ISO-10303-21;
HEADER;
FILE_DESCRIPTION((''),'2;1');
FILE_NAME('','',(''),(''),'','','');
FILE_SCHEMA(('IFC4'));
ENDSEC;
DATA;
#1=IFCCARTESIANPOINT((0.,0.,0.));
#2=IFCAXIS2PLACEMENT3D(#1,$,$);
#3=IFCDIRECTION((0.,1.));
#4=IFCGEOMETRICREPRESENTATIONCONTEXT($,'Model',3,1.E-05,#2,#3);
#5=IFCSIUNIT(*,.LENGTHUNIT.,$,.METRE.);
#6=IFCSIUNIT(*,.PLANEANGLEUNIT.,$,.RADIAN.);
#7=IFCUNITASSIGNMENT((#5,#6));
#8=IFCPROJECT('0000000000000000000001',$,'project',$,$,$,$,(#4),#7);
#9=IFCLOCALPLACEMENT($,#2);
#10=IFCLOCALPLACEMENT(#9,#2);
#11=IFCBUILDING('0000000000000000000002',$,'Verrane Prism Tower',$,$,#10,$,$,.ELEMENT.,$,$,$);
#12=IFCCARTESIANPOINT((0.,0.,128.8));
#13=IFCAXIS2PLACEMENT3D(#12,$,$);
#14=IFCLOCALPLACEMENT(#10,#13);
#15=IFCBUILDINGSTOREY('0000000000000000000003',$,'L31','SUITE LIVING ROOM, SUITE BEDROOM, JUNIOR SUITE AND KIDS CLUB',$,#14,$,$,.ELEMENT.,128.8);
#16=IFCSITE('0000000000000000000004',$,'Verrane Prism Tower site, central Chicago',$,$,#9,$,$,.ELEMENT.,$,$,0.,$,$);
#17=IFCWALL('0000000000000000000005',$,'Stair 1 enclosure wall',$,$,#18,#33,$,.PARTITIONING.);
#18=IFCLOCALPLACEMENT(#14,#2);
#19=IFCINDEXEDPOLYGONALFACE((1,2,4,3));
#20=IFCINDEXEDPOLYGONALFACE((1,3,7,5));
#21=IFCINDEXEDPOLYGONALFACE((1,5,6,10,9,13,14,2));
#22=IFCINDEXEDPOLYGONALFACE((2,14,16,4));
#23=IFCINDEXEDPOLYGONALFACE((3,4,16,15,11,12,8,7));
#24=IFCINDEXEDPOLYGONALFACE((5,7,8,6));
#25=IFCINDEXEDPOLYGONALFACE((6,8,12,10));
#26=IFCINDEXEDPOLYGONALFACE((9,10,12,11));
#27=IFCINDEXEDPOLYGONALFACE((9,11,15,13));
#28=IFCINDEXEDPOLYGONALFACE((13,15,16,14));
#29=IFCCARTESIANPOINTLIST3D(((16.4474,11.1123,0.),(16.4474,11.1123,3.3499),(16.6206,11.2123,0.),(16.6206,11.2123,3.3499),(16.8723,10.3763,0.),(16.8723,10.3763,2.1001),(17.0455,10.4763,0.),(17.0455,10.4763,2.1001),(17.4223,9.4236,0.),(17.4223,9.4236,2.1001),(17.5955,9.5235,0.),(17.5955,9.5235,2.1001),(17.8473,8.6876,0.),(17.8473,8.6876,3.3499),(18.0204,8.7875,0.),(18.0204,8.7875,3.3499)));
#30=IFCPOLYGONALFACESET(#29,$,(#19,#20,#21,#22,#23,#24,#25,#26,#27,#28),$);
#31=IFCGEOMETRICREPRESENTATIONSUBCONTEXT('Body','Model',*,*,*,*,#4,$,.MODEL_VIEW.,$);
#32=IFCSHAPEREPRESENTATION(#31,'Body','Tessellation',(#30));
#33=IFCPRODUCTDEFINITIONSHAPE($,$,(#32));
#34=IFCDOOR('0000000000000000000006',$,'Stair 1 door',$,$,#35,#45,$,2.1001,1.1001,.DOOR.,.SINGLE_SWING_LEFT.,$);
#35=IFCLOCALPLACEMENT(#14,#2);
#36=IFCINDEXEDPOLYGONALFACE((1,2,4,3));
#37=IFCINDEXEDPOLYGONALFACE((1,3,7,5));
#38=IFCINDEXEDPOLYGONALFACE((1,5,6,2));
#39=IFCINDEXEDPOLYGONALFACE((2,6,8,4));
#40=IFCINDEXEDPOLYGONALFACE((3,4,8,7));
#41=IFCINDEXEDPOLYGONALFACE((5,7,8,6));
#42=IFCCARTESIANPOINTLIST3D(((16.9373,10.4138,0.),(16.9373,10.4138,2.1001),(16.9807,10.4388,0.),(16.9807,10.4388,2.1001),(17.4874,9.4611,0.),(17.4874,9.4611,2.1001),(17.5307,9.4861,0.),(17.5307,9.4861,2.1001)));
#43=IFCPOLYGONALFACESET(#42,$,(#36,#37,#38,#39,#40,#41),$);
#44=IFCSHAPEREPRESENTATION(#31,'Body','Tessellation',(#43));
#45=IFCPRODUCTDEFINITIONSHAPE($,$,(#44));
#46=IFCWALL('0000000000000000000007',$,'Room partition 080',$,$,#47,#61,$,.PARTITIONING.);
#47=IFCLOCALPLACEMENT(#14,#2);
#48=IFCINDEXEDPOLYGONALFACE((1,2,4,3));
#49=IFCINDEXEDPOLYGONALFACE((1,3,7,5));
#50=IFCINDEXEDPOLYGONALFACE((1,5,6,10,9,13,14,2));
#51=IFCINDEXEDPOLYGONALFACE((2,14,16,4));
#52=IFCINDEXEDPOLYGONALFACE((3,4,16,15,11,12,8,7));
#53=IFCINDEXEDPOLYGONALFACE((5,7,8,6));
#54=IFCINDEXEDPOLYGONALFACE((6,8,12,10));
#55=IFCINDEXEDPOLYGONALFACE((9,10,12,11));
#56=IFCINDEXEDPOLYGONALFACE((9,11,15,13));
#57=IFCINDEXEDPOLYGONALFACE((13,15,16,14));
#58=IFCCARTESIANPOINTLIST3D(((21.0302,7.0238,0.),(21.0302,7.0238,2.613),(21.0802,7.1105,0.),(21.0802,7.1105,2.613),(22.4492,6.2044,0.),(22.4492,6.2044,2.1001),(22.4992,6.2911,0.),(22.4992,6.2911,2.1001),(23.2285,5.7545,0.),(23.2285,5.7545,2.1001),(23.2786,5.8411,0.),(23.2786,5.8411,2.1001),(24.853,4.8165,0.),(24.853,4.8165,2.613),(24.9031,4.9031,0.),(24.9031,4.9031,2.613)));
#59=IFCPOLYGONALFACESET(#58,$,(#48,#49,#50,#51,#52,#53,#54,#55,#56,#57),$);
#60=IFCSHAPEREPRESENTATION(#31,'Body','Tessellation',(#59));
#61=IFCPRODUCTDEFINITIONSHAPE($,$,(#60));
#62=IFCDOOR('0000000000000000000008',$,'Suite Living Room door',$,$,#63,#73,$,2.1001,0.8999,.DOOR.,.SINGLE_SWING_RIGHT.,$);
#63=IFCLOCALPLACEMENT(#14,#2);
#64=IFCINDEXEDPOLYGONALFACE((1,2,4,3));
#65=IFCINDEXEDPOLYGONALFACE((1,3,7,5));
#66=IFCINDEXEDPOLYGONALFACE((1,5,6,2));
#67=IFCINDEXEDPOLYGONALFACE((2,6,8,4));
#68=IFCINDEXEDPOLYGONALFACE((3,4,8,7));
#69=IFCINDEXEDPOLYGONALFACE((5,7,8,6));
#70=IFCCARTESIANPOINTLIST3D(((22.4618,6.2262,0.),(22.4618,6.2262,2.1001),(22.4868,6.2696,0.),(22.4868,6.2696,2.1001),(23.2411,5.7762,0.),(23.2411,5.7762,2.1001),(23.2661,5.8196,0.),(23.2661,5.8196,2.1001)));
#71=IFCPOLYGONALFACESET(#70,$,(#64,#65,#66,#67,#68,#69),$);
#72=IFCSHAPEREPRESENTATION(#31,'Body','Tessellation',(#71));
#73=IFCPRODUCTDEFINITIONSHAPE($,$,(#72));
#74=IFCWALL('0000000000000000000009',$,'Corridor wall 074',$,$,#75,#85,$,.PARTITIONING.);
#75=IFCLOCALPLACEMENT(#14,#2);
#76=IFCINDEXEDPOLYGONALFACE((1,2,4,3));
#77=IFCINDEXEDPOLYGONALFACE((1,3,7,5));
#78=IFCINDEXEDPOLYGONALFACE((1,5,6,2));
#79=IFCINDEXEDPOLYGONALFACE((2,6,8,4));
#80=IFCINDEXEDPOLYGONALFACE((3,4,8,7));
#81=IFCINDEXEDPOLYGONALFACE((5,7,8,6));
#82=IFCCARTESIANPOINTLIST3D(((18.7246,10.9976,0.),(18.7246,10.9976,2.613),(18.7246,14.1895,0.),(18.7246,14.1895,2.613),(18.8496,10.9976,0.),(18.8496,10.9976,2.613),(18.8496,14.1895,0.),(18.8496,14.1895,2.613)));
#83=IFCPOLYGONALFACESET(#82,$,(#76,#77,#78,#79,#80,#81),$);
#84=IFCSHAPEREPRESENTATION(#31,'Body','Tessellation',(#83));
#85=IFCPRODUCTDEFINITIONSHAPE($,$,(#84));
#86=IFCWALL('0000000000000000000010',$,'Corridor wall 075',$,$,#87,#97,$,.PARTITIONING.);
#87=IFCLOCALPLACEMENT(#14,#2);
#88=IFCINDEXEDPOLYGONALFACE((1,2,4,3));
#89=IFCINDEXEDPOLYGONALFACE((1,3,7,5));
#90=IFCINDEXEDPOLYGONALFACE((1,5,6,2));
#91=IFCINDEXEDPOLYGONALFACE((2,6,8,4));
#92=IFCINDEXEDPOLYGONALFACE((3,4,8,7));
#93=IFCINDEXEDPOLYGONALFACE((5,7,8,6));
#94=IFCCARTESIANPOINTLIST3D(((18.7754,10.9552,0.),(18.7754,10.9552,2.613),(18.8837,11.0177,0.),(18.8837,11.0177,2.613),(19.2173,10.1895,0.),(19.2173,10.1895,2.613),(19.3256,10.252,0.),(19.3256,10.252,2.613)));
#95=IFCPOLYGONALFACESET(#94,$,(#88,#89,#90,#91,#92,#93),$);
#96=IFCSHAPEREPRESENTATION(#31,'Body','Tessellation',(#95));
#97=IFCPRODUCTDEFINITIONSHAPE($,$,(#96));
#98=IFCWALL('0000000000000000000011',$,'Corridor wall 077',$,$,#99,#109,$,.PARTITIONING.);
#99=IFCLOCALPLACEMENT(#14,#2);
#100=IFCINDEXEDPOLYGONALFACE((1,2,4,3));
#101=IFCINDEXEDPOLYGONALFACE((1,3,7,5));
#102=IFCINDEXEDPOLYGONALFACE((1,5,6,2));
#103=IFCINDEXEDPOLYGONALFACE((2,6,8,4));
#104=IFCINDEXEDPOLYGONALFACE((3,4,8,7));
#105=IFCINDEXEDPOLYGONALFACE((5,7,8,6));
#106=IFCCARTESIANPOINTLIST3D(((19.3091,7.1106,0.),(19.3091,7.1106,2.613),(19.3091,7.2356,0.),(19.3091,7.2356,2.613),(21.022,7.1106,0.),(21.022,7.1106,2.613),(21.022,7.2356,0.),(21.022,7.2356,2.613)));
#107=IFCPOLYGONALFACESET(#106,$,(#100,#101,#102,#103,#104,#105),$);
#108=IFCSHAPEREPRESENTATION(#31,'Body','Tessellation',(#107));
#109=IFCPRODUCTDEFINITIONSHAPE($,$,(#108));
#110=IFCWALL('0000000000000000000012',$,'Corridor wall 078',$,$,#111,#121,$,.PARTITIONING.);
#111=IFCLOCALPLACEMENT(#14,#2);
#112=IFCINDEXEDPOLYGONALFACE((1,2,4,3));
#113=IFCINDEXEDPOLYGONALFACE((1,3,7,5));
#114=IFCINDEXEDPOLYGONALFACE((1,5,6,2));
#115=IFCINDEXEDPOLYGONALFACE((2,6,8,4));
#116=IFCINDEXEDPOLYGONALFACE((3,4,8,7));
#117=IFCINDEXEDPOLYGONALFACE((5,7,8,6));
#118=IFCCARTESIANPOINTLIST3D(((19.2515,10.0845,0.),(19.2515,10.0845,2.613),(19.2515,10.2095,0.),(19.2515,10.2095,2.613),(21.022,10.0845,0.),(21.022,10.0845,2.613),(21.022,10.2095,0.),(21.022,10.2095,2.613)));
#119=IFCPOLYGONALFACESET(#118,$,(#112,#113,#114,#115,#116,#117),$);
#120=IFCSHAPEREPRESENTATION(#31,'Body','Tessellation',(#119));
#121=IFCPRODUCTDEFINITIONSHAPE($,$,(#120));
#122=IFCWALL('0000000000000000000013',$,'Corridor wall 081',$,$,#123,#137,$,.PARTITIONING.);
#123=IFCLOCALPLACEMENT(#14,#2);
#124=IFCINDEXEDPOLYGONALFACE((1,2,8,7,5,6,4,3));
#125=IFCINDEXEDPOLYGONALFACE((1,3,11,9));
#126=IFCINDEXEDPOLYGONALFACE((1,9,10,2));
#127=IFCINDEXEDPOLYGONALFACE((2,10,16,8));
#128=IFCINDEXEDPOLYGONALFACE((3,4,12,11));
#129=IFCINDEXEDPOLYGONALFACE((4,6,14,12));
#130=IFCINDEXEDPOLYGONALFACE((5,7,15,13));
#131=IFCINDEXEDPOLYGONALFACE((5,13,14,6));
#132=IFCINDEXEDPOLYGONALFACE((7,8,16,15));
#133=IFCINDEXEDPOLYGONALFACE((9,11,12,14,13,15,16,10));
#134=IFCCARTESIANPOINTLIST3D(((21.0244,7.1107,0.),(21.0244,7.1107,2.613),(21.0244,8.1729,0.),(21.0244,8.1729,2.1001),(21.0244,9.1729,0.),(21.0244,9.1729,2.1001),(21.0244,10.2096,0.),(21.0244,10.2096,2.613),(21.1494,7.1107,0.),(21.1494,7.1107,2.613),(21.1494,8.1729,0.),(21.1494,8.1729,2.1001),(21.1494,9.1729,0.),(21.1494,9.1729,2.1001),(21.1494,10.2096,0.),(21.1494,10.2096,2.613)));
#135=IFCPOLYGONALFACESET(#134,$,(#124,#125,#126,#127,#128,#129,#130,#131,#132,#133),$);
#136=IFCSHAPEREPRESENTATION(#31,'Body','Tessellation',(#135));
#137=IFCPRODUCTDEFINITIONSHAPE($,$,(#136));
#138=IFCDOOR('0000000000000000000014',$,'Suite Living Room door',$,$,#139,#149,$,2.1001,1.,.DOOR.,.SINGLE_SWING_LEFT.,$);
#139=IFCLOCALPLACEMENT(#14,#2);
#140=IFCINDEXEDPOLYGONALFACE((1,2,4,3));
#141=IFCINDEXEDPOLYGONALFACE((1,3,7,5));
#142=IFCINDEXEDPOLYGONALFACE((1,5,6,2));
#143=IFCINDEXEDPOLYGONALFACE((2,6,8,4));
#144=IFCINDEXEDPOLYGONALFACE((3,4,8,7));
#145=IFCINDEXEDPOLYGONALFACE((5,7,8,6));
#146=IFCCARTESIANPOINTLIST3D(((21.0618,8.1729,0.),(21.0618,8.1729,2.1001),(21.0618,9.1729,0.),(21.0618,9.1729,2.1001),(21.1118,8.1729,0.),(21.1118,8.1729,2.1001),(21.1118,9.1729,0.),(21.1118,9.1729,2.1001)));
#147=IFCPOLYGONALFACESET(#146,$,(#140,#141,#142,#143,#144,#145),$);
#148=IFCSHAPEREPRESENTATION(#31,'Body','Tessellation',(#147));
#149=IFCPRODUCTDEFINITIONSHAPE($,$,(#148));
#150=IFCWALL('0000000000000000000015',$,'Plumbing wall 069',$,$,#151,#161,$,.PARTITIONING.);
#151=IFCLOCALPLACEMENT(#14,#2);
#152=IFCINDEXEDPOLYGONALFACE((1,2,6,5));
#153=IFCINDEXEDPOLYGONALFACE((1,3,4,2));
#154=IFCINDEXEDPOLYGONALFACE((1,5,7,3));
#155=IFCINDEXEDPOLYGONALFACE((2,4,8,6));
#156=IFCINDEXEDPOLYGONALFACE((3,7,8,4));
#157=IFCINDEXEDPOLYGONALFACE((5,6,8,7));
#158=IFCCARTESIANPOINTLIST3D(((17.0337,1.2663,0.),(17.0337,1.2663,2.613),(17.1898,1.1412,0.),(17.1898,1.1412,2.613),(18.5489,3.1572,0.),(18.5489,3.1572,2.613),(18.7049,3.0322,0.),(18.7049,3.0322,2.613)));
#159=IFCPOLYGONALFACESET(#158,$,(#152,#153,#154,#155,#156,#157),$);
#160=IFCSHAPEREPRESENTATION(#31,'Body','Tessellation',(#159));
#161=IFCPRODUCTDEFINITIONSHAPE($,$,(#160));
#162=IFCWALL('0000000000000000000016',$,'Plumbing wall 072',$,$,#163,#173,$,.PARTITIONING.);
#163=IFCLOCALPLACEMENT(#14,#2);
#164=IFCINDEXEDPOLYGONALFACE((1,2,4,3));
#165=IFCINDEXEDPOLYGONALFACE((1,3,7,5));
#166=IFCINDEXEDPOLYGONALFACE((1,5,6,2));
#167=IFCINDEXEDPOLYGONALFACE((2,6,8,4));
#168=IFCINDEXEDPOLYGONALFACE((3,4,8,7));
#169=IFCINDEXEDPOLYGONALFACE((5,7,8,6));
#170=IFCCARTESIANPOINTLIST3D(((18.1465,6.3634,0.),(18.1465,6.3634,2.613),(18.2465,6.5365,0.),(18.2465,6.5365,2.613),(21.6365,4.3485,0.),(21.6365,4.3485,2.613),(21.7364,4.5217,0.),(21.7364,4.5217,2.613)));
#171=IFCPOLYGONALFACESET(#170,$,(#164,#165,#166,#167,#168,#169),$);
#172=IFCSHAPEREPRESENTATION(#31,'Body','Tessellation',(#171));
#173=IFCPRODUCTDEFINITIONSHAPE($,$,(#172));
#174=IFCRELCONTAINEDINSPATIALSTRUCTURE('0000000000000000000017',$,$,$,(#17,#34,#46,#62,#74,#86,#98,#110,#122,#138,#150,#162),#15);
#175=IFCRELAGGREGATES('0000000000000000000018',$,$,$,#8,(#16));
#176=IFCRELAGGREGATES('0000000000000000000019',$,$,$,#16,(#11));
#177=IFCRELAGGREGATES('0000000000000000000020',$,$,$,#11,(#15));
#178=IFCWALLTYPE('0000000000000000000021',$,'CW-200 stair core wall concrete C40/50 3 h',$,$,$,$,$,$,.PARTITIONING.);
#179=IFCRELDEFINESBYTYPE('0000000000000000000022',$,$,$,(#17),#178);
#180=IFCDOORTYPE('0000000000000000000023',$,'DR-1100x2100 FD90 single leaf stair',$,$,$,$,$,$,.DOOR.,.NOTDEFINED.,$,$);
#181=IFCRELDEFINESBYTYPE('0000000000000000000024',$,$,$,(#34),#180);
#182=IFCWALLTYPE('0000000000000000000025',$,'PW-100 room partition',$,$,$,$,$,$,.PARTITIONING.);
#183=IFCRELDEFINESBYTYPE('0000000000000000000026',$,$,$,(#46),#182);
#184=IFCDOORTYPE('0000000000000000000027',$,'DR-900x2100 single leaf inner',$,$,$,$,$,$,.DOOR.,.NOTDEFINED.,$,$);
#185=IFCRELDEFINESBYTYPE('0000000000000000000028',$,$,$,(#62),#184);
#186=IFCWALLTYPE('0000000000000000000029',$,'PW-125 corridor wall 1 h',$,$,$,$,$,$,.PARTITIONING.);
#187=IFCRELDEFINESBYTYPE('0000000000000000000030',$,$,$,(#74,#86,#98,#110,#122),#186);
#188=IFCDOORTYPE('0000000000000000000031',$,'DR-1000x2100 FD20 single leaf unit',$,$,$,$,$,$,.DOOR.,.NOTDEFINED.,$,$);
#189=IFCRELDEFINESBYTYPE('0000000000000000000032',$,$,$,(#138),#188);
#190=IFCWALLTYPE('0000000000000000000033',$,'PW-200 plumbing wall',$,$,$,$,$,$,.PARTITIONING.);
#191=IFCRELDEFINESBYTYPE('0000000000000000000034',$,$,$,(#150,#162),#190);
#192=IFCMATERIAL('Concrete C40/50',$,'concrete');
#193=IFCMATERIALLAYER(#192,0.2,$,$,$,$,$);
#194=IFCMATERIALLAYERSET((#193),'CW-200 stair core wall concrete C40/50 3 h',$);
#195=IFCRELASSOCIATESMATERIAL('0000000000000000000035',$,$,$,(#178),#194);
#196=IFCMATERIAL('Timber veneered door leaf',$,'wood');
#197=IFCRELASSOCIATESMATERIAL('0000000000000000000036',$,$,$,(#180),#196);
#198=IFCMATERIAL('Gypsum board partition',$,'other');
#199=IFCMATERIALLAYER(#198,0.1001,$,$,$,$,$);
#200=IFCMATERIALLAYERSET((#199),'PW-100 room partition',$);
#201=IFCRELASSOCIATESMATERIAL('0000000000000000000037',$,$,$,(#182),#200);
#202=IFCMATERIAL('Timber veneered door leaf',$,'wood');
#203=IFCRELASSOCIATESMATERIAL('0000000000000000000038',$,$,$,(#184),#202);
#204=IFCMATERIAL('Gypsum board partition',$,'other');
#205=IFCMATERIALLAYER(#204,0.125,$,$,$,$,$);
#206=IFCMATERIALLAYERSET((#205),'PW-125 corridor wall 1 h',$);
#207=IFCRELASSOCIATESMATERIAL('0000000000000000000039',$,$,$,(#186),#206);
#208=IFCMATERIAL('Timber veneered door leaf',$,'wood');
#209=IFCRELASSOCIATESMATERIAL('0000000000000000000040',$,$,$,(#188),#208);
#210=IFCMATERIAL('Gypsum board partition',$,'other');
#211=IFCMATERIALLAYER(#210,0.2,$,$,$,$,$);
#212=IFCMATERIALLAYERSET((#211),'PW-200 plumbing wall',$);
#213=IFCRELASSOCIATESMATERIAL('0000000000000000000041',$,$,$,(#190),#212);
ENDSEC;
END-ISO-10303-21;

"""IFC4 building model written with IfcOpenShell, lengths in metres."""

from ifc_helpers import new_model, si_unit, direction, frame, frame_2d, origin, place, context, subcontext, project, spatial, rectangle, extrude, material, layer, layer_set, type_object, element, fill, save


model = new_model("IFC4")

# Units and contexts
model_context = context("Model", 3, precision=1e-05, world=origin(), true_north=direction((0.0, 1.0)))
body_context = subcontext(model_context, "Body", "Model", "MODEL_VIEW")
ifc_project = project(units=[si_unit("LENGTHUNIT", "METRE"), si_unit("PLANEANGLEUNIT", "RADIAN")], contexts=[model_context])

# Site, building, storey
site_placement = place(None, origin())
site = spatial("IfcSite", under=ifc_project, at=site_placement, Name="Verrane Prism Tower site, central Chicago", CompositionType="ELEMENT", RefElevation=0.0)
building_placement = place(site_placement, origin())
building = spatial("IfcBuilding", under=site, at=building_placement, Name="Verrane Prism Tower", CompositionType="ELEMENT")
storey_placement = place(building_placement, frame((0.0, 0.0, 128.8)))
storey = spatial("IfcBuildingStorey", under=building, at=storey_placement, Name="L31", Description="SUITE LIVING ROOM, SUITE BEDROOM, JUNIOR SUITE AND KIDS CLUB", CompositionType="ELEMENT", Elevation=128.8)

# Walls, openings, doors
ifc_material_1 = material(Name="Concrete C40/50", Category="concrete")
ifc_layer_1 = layer(ifc_material_1, 0.2)
ifc_layer_set_1 = layer_set([ifc_layer_1], Name="CW-200 stair core wall concrete C40/50 3 h")
wall_type_1 = type_object("IfcWallType", Name="CW-200 stair core wall concrete C40/50 3 h", PredefinedType="PARTITIONING", material=ifc_layer_set_1)
wall_1_placement = place(storey_placement, frame((17.9338, 8.7375, 0.0), z_axis=(0.0, 0.0, 1.0), x_axis=(-0.499984, 0.866035, 0.0)))
wall_1 = element("IfcWall", 1, at=wall_1_placement, inside=storey, type_object=wall_type_1, Name="Stair 1 enclosure wall", PredefinedType="PARTITIONING", context=body_context, shape_type="SweptSolid", body=[
    extrude(rectangle(XDim=2.7998, YDim=0.2, at=frame_2d((1.3999, 0.0))), origin(), (0.0, 0.0, 1.0), 3.3499),
])
opening_1_placement = place(wall_1_placement, frame((0.8499, 0.0, 0.0)))
opening_1 = element("IfcOpeningElement", 2, at=opening_1_placement, cuts=wall_1, PredefinedType="OPENING", context=body_context, shape_type="SweptSolid", body=[
    extrude(rectangle(XDim=1.1001, YDim=2.1001, at=frame_2d((0.55, 1.05))), frame((0.0, 0.1099, 0.0), z_axis=(0.0, -1.0, 0.0), x_axis=(1.0, 0.0, 0.0)), (0.0, 0.0, 1.0), 0.22),
])
ifc_material_2 = material(Name="Timber veneered door leaf", Category="wood")
door_type_1 = type_object("IfcDoorType", Name="DR-1100x2100 FD90 single leaf stair", OperationType="NOTDEFINED", PredefinedType="DOOR", material=ifc_material_2)
door_1_placement = place(opening_1_placement, origin())
door_1 = element("IfcDoor", 3, at=door_1_placement, inside=storey, type_object=door_type_1, Name="Stair 1 door", OperationType="SINGLE_SWING_LEFT", OverallHeight=2.1001, OverallWidth=1.1001, PredefinedType="DOOR", context=body_context, shape_type="SweptSolid", body=[
    extrude(rectangle(XDim=1.1001, YDim=2.1001, at=frame_2d((0.55, 1.05))), frame((0.0, 0.0249, 0.0), z_axis=(0.0, -1.0, 0.0), x_axis=(1.0, 0.0, 0.0)), (0.0, 0.0, 1.0), 0.05),
])
fill(opening_1, door_1)
ifc_material_3 = material(Name="Gypsum board partition", Category="other")
ifc_layer_2 = layer(ifc_material_3, 0.1001)
ifc_layer_set_2 = layer_set([ifc_layer_2], Name="PW-100 room partition")
wall_type_2 = type_object("IfcWallType", Name="PW-100 room partition", PredefinedType="PARTITIONING", material=ifc_layer_set_2)
wall_2_placement = place(storey_placement, frame((24.8779, 4.8599, 0.0), z_axis=(0.0, 0.0, 1.0), x_axis=(-0.866005, 0.500035, 0.0)))
wall_2 = element("IfcWall", 4, at=wall_2_placement, inside=storey, type_object=wall_type_2, Name="Room partition 080", PredefinedType="PARTITIONING", context=body_context, shape_type="SweptSolid", body=[
    extrude(rectangle(XDim=4.4143, YDim=0.1001, at=frame_2d((2.207, 0.0))), origin(), (0.0, 0.0, 1.0), 2.613),
])
opening_2_placement = place(wall_2_placement, frame((1.8757, 0.0, 0.0)))
opening_2 = element("IfcOpeningElement", 5, at=opening_2_placement, cuts=wall_2, PredefinedType="OPENING", context=body_context, shape_type="SweptSolid", body=[
    extrude(rectangle(XDim=0.8999, YDim=2.1001, at=frame_2d((0.45, 1.05))), frame((0.0, 0.0601, 0.0), z_axis=(0.0, -1.0, 0.0), x_axis=(1.0, 0.0, 0.0)), (0.0, 0.0, 1.0), 0.1201),
])
ifc_material_4 = material(Name="Timber veneered door leaf", Category="wood")
door_type_2 = type_object("IfcDoorType", Name="DR-900x2100 single leaf inner", OperationType="NOTDEFINED", PredefinedType="DOOR", material=ifc_material_4)
door_2_placement = place(opening_2_placement, origin())
door_2 = element("IfcDoor", 6, at=door_2_placement, inside=storey, type_object=door_type_2, Name="Suite Living Room door", OperationType="SINGLE_SWING_RIGHT", OverallHeight=2.1001, OverallWidth=0.8999, PredefinedType="DOOR", context=body_context, shape_type="SweptSolid", body=[
    extrude(rectangle(XDim=0.8999, YDim=2.1001, at=frame_2d((0.45, 1.05))), frame((0.0, 0.0249, 0.0), z_axis=(0.0, -1.0, 0.0), x_axis=(1.0, 0.0, 0.0)), (0.0, 0.0, 1.0), 0.05),
])
fill(opening_2, door_2)

# Walls
ifc_material_5 = material(Name="Gypsum board partition", Category="other")
ifc_layer_3 = layer(ifc_material_5, 0.125)
ifc_layer_set_3 = layer_set([ifc_layer_3], Name="PW-125 corridor wall 1 h")
wall_type_3 = type_object("IfcWallType", Name="PW-125 corridor wall 1 h", PredefinedType="PARTITIONING", material=ifc_layer_set_3)
wall_3_placement = place(storey_placement, frame((18.7871, 10.9976, 0.0), z_axis=(0.0, 0.0, 1.0), x_axis=(0.0, 1.0, 0.0)))
element("IfcWall", 7, at=wall_3_placement, inside=storey, type_object=wall_type_3, Name="Corridor wall 074", PredefinedType="PARTITIONING", context=body_context, shape_type="SweptSolid", body=[
    extrude(rectangle(XDim=3.1919, YDim=0.125, at=frame_2d((1.5959, 0.0))), origin(), (0.0, 0.0, 1.0), 2.613),
])
wall_4_placement = place(storey_placement, frame((18.8296, 10.9863, 0.0), z_axis=(0.0, 0.0, 1.0), x_axis=(0.499882, -0.866094, 0.0)))
element("IfcWall", 8, at=wall_4_placement, inside=storey, type_object=wall_type_3, Name="Corridor wall 075", PredefinedType="PARTITIONING", context=body_context, shape_type="SweptSolid", body=[
    extrude(rectangle(XDim=0.884, YDim=0.125, at=frame_2d((0.4419, 0.0))), origin(), (0.0, 0.0, 1.0), 2.613),
])
wall_5_placement = place(storey_placement, frame((19.3091, 7.1731, 0.0), z_axis=(0.0, 0.0, 1.0), x_axis=(1.0, 0.0, 0.0)))
element("IfcWall", 9, at=wall_5_placement, inside=storey, type_object=wall_type_3, Name="Corridor wall 077", PredefinedType="PARTITIONING", context=body_context, shape_type="SweptSolid", body=[
    extrude(rectangle(XDim=1.7129, YDim=0.125, at=frame_2d((0.8564, 0.0))), origin(), (0.0, 0.0, 1.0), 2.613),
])
wall_6_placement = place(storey_placement, frame((19.2515, 10.147, 0.0), z_axis=(0.0, 0.0, 1.0), x_axis=(1.0, 0.0, 0.0)))
element("IfcWall", 10, at=wall_6_placement, inside=storey, type_object=wall_type_3, Name="Corridor wall 078", PredefinedType="PARTITIONING", context=body_context, shape_type="SweptSolid", body=[
    extrude(rectangle(XDim=1.7705, YDim=0.125, at=frame_2d((0.8853, 0.0))), origin(), (0.0, 0.0, 1.0), 2.613),
])

# Wall, opening, door
wall_7_placement = place(storey_placement, frame((21.0869, 10.2095, 0.0), z_axis=(0.0, 0.0, 1.0), x_axis=(0.0, -1.0, 0.0)))
wall_7 = element("IfcWall", 11, at=wall_7_placement, inside=storey, type_object=wall_type_3, Name="Corridor wall 081", PredefinedType="PARTITIONING", context=body_context, shape_type="SweptSolid", body=[
    extrude(rectangle(XDim=3.0989, YDim=0.125, at=frame_2d((1.5493, 0.0))), origin(), (0.0, 0.0, 1.0), 2.613),
])
opening_3_placement = place(wall_7_placement, frame((1.0366, 0.0, 0.0)))
opening_3 = element("IfcOpeningElement", 12, at=opening_3_placement, cuts=wall_7, PredefinedType="OPENING", context=body_context, shape_type="SweptSolid", body=[
    extrude(rectangle(XDim=1.0, YDim=2.1001, at=frame_2d((0.5, 1.05))), frame((0.0, 0.0725, 0.0), z_axis=(0.0, -1.0, 0.0), x_axis=(1.0, 0.0, 0.0)), (0.0, 0.0, 1.0), 0.145),
])
ifc_material_6 = material(Name="Timber veneered door leaf", Category="wood")
door_type_3 = type_object("IfcDoorType", Name="DR-1000x2100 FD20 single leaf unit", OperationType="NOTDEFINED", PredefinedType="DOOR", material=ifc_material_6)
door_3_placement = place(opening_3_placement, origin())
door_3 = element("IfcDoor", 13, at=door_3_placement, inside=storey, type_object=door_type_3, Name="Suite Living Room door", OperationType="SINGLE_SWING_LEFT", OverallHeight=2.1001, OverallWidth=1.0, PredefinedType="DOOR", context=body_context, shape_type="SweptSolid", body=[
    extrude(rectangle(XDim=1.0, YDim=2.1001, at=frame_2d((0.5, 1.05))), frame((0.0, 0.0249, 0.0), z_axis=(0.0, -1.0, 0.0), x_axis=(1.0, 0.0, 0.0)), (0.0, 0.0, 1.0), 0.05),
])
fill(opening_3, door_3)

# Walls
ifc_material_7 = material(Name="Gypsum board partition", Category="other")
ifc_layer_4 = layer(ifc_material_7, 0.2)
ifc_layer_set_4 = layer_set([ifc_layer_4], Name="PW-200 plumbing wall")
wall_type_4 = type_object("IfcWallType", Name="PW-200 plumbing wall", PredefinedType="PARTITIONING", material=ifc_layer_set_4)
wall_8_placement = place(storey_placement, frame((17.1118, 1.2039, 0.0), z_axis=(0.0, 0.0, 1.0), x_axis=(0.625309, 0.780377, 0.0)))
element("IfcWall", 14, at=wall_8_placement, inside=storey, type_object=wall_type_4, Name="Plumbing wall 069", PredefinedType="PARTITIONING", context=body_context, shape_type="SweptSolid", body=[
    extrude(rectangle(XDim=2.4231, YDim=0.2, at=frame_2d((1.2114, 0.0))), origin(), (0.0, 0.0, 1.0), 2.613),
])
wall_9_placement = place(storey_placement, frame((18.1965, 6.45, 0.0), z_axis=(0.0, 0.0, 1.0), x_axis=(0.866031, -0.49999, 0.0)))
element("IfcWall", 15, at=wall_9_placement, inside=storey, type_object=wall_type_4, Name="Plumbing wall 072", PredefinedType="PARTITIONING", context=body_context, shape_type="SweptSolid", body=[
    extrude(rectangle(XDim=4.0298, YDim=0.2, at=frame_2d((2.0149, 0.0))), origin(), (0.0, 0.0, 1.0), 2.613),
])

save(model, "model.ifc")
